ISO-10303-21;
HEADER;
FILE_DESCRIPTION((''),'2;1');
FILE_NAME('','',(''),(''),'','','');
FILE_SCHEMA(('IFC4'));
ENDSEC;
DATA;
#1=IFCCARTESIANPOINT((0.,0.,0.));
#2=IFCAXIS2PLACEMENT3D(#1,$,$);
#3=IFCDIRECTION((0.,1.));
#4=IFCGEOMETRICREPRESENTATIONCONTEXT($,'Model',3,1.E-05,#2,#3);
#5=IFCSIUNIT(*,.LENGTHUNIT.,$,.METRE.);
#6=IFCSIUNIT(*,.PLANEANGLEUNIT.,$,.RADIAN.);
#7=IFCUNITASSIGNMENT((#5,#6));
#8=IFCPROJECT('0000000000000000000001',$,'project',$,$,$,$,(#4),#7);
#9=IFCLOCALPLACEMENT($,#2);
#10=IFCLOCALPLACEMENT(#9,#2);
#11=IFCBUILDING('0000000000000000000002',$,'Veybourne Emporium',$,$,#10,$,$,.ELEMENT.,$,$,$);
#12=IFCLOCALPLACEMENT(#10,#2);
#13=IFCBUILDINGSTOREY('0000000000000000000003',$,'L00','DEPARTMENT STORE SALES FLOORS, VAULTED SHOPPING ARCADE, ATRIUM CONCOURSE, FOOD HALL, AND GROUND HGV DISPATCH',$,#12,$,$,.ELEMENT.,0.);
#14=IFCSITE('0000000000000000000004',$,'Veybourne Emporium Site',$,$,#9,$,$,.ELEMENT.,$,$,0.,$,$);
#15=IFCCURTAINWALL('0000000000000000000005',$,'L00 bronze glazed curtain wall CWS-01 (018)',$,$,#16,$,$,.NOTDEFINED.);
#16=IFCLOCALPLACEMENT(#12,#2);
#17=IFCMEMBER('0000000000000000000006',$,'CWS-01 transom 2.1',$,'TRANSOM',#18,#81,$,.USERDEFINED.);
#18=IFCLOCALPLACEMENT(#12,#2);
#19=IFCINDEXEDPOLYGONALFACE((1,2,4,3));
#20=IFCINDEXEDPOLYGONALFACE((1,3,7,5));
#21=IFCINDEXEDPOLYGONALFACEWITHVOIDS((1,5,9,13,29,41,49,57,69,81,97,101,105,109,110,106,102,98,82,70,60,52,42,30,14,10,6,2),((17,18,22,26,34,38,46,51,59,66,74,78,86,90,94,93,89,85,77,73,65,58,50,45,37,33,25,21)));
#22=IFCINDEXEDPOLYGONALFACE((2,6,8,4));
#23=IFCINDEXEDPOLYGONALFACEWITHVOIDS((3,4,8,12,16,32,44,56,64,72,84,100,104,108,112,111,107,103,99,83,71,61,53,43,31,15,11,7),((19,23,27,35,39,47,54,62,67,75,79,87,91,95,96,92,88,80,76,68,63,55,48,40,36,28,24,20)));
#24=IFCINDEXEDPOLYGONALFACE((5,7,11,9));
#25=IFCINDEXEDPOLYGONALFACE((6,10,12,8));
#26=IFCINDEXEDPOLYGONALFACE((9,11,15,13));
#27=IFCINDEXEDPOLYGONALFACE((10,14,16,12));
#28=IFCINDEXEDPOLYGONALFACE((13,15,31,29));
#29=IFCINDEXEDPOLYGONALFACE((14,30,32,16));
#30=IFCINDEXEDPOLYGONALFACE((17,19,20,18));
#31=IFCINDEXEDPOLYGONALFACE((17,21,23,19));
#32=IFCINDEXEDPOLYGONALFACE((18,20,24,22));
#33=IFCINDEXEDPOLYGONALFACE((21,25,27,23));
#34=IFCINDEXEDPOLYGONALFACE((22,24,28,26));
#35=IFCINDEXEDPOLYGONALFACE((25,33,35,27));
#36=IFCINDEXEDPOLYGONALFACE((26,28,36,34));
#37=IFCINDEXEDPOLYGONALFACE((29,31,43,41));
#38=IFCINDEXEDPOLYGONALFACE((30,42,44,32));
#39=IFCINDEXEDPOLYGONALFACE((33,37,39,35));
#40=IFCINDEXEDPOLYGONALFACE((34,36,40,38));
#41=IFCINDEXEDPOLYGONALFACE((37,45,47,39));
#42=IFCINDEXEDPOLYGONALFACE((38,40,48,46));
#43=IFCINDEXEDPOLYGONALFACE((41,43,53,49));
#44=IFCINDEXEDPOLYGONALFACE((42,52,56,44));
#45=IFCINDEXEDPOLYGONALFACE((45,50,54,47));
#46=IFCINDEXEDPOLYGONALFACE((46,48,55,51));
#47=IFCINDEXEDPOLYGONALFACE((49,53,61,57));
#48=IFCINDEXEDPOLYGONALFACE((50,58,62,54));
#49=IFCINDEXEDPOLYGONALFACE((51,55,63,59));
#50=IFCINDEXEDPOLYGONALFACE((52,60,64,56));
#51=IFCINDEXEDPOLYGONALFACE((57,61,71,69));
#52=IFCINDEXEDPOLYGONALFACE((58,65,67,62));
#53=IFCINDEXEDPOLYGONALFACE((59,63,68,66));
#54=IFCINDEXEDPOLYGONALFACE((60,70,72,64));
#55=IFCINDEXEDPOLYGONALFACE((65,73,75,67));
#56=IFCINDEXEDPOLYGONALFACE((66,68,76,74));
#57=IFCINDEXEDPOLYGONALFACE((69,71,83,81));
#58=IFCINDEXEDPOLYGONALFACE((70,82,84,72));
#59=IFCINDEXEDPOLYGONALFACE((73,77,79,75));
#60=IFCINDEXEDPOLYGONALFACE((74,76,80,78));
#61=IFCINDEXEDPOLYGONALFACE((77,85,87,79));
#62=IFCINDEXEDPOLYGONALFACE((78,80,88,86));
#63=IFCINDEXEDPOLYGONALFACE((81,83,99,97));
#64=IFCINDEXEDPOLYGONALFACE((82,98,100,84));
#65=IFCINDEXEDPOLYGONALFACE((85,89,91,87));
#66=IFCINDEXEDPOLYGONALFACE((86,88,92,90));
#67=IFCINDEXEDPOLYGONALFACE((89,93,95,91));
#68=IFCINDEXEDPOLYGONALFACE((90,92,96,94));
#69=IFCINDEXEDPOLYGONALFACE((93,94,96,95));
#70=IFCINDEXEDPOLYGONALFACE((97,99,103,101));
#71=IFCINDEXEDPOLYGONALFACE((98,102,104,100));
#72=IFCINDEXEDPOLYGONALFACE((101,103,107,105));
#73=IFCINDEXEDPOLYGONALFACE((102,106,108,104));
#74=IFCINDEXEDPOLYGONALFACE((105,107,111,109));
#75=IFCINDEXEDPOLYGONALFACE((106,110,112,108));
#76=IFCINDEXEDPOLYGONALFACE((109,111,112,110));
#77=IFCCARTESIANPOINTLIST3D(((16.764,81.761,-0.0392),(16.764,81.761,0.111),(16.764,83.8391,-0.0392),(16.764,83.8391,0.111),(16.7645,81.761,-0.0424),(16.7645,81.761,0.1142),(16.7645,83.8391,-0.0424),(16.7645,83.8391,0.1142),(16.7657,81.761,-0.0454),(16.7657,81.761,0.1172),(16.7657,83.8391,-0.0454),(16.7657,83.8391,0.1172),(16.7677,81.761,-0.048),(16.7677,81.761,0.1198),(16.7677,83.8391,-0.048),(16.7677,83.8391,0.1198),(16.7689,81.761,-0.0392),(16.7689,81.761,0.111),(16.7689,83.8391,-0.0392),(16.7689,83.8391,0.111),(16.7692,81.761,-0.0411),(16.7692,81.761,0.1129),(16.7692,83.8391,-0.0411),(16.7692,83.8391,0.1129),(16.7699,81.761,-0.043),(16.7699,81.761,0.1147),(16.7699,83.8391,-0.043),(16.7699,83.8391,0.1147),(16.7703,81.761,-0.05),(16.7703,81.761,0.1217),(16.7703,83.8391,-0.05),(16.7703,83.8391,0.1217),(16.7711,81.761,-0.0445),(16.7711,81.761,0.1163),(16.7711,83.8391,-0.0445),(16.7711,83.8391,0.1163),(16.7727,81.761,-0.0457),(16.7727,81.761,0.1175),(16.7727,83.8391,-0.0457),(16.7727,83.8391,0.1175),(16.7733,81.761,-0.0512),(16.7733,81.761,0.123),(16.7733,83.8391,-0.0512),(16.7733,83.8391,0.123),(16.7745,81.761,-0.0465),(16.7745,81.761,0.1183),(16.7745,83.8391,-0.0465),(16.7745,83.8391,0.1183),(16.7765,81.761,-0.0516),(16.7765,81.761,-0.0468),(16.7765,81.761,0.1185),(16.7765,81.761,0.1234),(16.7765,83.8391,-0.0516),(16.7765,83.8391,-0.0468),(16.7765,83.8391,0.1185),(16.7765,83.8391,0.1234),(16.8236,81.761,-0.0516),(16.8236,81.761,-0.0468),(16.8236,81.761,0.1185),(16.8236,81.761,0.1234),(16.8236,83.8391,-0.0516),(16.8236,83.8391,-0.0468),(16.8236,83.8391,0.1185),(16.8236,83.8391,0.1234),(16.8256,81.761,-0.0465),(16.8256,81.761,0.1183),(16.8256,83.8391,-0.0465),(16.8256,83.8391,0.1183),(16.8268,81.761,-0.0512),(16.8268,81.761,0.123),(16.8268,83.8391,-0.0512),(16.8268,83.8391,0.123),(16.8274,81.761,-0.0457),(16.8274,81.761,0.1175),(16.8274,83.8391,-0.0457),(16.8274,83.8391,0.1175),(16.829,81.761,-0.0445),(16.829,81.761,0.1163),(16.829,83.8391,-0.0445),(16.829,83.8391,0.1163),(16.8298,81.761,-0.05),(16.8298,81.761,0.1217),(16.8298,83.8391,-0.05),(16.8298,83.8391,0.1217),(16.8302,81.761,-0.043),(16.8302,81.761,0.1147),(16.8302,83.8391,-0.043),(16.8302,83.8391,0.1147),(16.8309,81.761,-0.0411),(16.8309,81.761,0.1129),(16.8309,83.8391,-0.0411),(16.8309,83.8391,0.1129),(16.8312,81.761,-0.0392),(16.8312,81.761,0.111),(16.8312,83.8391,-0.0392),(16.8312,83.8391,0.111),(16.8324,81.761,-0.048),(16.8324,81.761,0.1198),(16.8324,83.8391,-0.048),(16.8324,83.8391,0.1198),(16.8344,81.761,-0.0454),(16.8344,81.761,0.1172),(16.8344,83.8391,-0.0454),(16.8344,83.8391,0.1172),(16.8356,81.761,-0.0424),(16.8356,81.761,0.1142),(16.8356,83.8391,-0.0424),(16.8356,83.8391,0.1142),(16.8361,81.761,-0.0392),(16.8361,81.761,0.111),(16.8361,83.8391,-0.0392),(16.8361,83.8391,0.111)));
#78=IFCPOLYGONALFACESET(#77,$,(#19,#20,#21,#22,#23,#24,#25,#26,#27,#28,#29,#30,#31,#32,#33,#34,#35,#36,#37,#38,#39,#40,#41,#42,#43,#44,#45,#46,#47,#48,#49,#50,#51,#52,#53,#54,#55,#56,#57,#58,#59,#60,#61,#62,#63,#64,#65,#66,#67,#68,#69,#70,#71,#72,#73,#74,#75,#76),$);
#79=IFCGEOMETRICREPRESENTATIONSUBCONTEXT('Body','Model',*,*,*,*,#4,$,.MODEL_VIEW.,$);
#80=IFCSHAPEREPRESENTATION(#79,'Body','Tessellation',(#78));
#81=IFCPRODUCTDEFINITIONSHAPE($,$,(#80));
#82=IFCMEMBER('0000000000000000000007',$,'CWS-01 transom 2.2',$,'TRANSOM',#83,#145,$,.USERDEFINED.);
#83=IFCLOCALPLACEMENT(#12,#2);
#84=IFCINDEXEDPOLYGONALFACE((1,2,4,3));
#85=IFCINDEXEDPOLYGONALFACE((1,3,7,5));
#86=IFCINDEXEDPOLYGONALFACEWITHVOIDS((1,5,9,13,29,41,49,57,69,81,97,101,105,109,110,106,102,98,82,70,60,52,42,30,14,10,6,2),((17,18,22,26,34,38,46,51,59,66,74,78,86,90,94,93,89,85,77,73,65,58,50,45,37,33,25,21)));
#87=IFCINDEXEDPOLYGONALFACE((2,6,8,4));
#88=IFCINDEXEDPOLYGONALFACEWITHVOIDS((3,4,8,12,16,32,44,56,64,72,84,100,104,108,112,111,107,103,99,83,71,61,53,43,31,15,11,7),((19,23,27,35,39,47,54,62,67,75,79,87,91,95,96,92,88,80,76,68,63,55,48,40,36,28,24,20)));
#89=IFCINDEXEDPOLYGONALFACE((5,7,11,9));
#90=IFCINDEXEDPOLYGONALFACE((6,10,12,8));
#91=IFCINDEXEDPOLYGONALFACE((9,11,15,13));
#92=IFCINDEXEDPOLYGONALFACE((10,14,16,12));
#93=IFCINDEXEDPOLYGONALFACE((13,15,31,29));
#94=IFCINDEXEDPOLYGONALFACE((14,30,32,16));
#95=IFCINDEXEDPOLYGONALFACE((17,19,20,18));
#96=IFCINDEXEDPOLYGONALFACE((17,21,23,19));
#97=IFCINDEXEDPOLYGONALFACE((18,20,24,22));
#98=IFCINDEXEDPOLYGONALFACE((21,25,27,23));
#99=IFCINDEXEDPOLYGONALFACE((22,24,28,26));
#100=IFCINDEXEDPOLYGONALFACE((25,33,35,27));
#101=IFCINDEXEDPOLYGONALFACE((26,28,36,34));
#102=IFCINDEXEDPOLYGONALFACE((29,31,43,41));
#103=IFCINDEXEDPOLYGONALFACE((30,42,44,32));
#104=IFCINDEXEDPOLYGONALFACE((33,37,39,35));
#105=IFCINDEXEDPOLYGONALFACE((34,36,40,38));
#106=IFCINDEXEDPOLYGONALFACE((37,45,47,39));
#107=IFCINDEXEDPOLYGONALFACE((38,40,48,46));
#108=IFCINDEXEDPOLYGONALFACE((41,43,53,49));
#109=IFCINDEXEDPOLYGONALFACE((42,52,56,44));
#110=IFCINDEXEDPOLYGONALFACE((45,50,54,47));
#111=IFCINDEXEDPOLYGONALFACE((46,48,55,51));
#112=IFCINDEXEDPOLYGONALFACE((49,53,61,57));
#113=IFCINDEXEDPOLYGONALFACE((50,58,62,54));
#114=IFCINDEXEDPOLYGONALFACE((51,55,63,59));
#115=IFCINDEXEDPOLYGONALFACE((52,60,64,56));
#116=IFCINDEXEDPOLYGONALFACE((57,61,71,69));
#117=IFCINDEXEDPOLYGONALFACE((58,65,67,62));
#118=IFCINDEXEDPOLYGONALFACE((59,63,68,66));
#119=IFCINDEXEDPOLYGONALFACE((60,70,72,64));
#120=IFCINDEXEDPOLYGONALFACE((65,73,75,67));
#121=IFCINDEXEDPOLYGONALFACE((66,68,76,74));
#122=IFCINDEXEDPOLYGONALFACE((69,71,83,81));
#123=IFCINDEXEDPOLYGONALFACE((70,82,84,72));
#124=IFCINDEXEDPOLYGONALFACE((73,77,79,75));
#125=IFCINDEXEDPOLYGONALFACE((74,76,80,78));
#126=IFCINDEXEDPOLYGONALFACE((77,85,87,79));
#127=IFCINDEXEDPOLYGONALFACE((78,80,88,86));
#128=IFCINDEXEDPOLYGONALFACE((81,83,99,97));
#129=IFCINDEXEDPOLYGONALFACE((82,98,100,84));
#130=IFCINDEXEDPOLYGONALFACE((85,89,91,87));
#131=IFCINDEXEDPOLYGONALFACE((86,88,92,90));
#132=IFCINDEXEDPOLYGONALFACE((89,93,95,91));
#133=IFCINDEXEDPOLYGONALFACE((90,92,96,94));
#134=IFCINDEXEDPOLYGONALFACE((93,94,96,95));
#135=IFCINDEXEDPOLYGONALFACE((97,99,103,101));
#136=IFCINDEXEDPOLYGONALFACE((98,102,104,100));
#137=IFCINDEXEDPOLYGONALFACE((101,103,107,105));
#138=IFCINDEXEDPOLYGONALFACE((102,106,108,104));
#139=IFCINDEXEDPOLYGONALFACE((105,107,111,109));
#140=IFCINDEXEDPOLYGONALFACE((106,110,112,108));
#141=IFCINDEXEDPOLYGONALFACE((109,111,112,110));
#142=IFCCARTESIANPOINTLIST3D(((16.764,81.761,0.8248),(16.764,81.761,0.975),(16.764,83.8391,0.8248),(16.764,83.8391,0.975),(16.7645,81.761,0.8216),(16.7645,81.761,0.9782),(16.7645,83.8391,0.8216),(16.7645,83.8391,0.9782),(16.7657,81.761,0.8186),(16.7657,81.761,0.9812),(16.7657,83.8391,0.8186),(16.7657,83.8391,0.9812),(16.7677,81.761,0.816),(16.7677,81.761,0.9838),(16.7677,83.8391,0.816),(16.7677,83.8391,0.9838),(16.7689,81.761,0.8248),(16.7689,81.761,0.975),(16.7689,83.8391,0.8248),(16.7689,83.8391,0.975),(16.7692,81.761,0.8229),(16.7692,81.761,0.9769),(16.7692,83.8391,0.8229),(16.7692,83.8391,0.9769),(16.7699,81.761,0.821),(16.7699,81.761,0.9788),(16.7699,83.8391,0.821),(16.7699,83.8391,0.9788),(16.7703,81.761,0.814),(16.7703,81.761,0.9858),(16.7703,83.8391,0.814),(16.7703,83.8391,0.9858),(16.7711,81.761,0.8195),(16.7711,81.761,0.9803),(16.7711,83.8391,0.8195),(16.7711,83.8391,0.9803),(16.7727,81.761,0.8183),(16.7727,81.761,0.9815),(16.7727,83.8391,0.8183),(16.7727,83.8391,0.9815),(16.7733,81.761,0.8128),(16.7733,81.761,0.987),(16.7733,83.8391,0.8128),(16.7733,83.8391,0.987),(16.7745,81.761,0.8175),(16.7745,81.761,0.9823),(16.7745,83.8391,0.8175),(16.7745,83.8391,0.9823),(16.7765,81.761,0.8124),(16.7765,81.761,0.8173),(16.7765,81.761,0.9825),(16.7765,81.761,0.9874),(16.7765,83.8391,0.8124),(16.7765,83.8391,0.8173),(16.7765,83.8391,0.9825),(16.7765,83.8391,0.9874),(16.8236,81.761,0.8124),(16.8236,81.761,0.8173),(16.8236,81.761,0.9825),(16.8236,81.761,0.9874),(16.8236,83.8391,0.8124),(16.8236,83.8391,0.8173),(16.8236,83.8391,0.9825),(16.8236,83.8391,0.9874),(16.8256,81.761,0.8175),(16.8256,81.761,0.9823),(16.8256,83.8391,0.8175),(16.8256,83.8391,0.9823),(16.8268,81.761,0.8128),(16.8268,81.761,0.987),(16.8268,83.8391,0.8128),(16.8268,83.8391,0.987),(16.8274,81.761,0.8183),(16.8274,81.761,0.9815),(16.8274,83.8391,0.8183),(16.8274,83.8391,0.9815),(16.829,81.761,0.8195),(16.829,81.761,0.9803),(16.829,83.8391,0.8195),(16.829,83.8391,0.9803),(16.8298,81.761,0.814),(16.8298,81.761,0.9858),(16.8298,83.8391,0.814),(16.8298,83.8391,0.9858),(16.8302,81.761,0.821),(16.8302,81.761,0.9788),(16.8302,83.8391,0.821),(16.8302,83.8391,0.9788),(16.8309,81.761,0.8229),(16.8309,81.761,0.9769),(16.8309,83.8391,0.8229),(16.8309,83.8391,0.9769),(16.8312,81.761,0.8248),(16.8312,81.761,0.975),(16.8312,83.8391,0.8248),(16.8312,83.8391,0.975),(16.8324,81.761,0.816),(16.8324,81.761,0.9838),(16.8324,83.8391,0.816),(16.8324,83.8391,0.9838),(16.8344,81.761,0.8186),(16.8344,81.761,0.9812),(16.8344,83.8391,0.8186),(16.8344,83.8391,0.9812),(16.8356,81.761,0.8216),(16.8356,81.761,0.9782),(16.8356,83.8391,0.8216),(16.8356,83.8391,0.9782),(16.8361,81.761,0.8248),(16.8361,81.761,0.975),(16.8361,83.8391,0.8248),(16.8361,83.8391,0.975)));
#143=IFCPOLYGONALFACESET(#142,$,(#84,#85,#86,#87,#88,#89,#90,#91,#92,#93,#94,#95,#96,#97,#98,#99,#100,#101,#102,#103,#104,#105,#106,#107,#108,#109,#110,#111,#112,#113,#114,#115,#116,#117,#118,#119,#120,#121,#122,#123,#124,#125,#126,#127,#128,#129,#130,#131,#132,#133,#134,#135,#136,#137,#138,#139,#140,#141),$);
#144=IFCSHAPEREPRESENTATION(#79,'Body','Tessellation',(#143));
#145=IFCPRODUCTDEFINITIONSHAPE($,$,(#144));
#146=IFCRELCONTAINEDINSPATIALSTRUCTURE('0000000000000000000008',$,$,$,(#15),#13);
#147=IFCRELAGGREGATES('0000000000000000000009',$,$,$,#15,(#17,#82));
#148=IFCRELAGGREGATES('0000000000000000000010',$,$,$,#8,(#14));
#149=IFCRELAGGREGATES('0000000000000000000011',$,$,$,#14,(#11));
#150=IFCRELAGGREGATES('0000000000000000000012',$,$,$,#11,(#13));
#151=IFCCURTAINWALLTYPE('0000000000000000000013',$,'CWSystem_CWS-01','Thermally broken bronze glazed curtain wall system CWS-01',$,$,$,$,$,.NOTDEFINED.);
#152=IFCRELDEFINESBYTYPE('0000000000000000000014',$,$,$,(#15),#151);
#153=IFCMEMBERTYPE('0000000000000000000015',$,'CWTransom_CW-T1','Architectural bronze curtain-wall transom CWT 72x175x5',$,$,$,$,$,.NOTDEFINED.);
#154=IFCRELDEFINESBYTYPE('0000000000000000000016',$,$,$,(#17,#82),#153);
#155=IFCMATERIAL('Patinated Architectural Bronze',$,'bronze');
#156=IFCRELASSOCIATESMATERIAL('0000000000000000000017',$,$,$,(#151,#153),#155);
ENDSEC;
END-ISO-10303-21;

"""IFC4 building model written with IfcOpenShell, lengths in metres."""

from ifc_helpers import new_model, si_unit, direction, frame, origin, origin_2d, place, context, subcontext, project, spatial, hollow_rectangle, extrude, material, material_profile, profile_set, type_object, element, aggregate, save


model = new_model("IFC4")

# Units and contexts
model_context = context("Model", 3, precision=1e-05, world=origin(), true_north=direction((0.0, 1.0)))
body_context = subcontext(model_context, "Body", "Model", "MODEL_VIEW")
ifc_project = project(units=[si_unit("LENGTHUNIT", "METRE"), si_unit("PLANEANGLEUNIT", "RADIAN")], contexts=[model_context])

# Site, building, storey
site_placement = place(None, origin())
site = spatial("IfcSite", under=ifc_project, at=site_placement, Name="Veybourne Emporium Site", CompositionType="ELEMENT", RefElevation=0.0)
building_placement = place(site_placement, origin())
building = spatial("IfcBuilding", under=site, at=building_placement, Name="Veybourne Emporium", CompositionType="ELEMENT")
storey_placement = place(building_placement, origin())
storey = spatial("IfcBuildingStorey", under=building, at=storey_placement, Name="L00", Description="DEPARTMENT STORE SALES FLOORS, VAULTED SHOPPING ARCADE, ATRIUM CONCOURSE, FOOD HALL, AND GROUND HGV DISPATCH", CompositionType="ELEMENT", Elevation=0.0)

# Curtain wall, members
ifc_material_1 = material(Name="Patinated Architectural Bronze", Category="bronze")
curtain_wall_type = type_object("IfcCurtainWallType", Name="CWSystem_CWS-01", Description="Thermally broken bronze glazed curtain wall system CWS-01", PredefinedType="NOTDEFINED", material=ifc_material_1)
curtain_wall_placement = place(storey_placement, origin())
curtain_wall = element("IfcCurtainWall", 1, at=curtain_wall_placement, inside=storey, type_object=curtain_wall_type, Name="L00 bronze glazed curtain wall CWS-01 (018)", PredefinedType="NOTDEFINED")
ifc_material_profile_1 = material_profile(ifc_material_1, hollow_rectangle(XDim=0.072, YDim=0.175, WallThickness=0.0049, InnerFilletRadius=0.0076, OuterFilletRadius=0.0125, at=origin_2d()), Name="CWT 72x175x5")
ifc_profile_set_1 = profile_set([ifc_material_profile_1], Name="Patinated Architectural Bronze")
member_type_1 = type_object("IfcMemberType", Name="CWTransom_CW-T1", Description="Architectural bronze curtain-wall transom CWT 72x175x5", PredefinedType="NOTDEFINED", material=ifc_profile_set_1)
member_1_placement = place(storey_placement, frame((16.8, 81.761, 0.0359), z_axis=(0.0, 1.0, 0.0), x_axis=(-1.0, 0.0, 0.0)))
member_1 = element("IfcMember", 2, at=member_1_placement, type_object=member_type_1, Name="CWS-01 transom 2.1", ObjectType="TRANSOM", PredefinedType="USERDEFINED", context=body_context, shape_type="SweptSolid", body=[
    extrude(hollow_rectangle(XDim=0.072, YDim=0.175, WallThickness=0.0049, InnerFilletRadius=0.0076, OuterFilletRadius=0.0125, at=origin_2d()), origin(), (0.0, 0.0, 1.0), 2.0781),
])
member_2_placement = place(storey_placement, frame((16.8, 81.761, 0.8999), z_axis=(0.0, 1.0, 0.0), x_axis=(-1.0, 0.0, 0.0)))
member_2 = element("IfcMember", 3, at=member_2_placement, type_object=member_type_1, Name="CWS-01 transom 2.2", ObjectType="TRANSOM", PredefinedType="USERDEFINED", context=body_context, shape_type="SweptSolid", body=[
    extrude(hollow_rectangle(XDim=0.072, YDim=0.175, WallThickness=0.0049, InnerFilletRadius=0.0076, OuterFilletRadius=0.0125, at=origin_2d()), origin(), (0.0, 0.0, 1.0), 2.0781),
])

aggregate(curtain_wall, [member_1, member_2])

save(model, "model.ifc")
